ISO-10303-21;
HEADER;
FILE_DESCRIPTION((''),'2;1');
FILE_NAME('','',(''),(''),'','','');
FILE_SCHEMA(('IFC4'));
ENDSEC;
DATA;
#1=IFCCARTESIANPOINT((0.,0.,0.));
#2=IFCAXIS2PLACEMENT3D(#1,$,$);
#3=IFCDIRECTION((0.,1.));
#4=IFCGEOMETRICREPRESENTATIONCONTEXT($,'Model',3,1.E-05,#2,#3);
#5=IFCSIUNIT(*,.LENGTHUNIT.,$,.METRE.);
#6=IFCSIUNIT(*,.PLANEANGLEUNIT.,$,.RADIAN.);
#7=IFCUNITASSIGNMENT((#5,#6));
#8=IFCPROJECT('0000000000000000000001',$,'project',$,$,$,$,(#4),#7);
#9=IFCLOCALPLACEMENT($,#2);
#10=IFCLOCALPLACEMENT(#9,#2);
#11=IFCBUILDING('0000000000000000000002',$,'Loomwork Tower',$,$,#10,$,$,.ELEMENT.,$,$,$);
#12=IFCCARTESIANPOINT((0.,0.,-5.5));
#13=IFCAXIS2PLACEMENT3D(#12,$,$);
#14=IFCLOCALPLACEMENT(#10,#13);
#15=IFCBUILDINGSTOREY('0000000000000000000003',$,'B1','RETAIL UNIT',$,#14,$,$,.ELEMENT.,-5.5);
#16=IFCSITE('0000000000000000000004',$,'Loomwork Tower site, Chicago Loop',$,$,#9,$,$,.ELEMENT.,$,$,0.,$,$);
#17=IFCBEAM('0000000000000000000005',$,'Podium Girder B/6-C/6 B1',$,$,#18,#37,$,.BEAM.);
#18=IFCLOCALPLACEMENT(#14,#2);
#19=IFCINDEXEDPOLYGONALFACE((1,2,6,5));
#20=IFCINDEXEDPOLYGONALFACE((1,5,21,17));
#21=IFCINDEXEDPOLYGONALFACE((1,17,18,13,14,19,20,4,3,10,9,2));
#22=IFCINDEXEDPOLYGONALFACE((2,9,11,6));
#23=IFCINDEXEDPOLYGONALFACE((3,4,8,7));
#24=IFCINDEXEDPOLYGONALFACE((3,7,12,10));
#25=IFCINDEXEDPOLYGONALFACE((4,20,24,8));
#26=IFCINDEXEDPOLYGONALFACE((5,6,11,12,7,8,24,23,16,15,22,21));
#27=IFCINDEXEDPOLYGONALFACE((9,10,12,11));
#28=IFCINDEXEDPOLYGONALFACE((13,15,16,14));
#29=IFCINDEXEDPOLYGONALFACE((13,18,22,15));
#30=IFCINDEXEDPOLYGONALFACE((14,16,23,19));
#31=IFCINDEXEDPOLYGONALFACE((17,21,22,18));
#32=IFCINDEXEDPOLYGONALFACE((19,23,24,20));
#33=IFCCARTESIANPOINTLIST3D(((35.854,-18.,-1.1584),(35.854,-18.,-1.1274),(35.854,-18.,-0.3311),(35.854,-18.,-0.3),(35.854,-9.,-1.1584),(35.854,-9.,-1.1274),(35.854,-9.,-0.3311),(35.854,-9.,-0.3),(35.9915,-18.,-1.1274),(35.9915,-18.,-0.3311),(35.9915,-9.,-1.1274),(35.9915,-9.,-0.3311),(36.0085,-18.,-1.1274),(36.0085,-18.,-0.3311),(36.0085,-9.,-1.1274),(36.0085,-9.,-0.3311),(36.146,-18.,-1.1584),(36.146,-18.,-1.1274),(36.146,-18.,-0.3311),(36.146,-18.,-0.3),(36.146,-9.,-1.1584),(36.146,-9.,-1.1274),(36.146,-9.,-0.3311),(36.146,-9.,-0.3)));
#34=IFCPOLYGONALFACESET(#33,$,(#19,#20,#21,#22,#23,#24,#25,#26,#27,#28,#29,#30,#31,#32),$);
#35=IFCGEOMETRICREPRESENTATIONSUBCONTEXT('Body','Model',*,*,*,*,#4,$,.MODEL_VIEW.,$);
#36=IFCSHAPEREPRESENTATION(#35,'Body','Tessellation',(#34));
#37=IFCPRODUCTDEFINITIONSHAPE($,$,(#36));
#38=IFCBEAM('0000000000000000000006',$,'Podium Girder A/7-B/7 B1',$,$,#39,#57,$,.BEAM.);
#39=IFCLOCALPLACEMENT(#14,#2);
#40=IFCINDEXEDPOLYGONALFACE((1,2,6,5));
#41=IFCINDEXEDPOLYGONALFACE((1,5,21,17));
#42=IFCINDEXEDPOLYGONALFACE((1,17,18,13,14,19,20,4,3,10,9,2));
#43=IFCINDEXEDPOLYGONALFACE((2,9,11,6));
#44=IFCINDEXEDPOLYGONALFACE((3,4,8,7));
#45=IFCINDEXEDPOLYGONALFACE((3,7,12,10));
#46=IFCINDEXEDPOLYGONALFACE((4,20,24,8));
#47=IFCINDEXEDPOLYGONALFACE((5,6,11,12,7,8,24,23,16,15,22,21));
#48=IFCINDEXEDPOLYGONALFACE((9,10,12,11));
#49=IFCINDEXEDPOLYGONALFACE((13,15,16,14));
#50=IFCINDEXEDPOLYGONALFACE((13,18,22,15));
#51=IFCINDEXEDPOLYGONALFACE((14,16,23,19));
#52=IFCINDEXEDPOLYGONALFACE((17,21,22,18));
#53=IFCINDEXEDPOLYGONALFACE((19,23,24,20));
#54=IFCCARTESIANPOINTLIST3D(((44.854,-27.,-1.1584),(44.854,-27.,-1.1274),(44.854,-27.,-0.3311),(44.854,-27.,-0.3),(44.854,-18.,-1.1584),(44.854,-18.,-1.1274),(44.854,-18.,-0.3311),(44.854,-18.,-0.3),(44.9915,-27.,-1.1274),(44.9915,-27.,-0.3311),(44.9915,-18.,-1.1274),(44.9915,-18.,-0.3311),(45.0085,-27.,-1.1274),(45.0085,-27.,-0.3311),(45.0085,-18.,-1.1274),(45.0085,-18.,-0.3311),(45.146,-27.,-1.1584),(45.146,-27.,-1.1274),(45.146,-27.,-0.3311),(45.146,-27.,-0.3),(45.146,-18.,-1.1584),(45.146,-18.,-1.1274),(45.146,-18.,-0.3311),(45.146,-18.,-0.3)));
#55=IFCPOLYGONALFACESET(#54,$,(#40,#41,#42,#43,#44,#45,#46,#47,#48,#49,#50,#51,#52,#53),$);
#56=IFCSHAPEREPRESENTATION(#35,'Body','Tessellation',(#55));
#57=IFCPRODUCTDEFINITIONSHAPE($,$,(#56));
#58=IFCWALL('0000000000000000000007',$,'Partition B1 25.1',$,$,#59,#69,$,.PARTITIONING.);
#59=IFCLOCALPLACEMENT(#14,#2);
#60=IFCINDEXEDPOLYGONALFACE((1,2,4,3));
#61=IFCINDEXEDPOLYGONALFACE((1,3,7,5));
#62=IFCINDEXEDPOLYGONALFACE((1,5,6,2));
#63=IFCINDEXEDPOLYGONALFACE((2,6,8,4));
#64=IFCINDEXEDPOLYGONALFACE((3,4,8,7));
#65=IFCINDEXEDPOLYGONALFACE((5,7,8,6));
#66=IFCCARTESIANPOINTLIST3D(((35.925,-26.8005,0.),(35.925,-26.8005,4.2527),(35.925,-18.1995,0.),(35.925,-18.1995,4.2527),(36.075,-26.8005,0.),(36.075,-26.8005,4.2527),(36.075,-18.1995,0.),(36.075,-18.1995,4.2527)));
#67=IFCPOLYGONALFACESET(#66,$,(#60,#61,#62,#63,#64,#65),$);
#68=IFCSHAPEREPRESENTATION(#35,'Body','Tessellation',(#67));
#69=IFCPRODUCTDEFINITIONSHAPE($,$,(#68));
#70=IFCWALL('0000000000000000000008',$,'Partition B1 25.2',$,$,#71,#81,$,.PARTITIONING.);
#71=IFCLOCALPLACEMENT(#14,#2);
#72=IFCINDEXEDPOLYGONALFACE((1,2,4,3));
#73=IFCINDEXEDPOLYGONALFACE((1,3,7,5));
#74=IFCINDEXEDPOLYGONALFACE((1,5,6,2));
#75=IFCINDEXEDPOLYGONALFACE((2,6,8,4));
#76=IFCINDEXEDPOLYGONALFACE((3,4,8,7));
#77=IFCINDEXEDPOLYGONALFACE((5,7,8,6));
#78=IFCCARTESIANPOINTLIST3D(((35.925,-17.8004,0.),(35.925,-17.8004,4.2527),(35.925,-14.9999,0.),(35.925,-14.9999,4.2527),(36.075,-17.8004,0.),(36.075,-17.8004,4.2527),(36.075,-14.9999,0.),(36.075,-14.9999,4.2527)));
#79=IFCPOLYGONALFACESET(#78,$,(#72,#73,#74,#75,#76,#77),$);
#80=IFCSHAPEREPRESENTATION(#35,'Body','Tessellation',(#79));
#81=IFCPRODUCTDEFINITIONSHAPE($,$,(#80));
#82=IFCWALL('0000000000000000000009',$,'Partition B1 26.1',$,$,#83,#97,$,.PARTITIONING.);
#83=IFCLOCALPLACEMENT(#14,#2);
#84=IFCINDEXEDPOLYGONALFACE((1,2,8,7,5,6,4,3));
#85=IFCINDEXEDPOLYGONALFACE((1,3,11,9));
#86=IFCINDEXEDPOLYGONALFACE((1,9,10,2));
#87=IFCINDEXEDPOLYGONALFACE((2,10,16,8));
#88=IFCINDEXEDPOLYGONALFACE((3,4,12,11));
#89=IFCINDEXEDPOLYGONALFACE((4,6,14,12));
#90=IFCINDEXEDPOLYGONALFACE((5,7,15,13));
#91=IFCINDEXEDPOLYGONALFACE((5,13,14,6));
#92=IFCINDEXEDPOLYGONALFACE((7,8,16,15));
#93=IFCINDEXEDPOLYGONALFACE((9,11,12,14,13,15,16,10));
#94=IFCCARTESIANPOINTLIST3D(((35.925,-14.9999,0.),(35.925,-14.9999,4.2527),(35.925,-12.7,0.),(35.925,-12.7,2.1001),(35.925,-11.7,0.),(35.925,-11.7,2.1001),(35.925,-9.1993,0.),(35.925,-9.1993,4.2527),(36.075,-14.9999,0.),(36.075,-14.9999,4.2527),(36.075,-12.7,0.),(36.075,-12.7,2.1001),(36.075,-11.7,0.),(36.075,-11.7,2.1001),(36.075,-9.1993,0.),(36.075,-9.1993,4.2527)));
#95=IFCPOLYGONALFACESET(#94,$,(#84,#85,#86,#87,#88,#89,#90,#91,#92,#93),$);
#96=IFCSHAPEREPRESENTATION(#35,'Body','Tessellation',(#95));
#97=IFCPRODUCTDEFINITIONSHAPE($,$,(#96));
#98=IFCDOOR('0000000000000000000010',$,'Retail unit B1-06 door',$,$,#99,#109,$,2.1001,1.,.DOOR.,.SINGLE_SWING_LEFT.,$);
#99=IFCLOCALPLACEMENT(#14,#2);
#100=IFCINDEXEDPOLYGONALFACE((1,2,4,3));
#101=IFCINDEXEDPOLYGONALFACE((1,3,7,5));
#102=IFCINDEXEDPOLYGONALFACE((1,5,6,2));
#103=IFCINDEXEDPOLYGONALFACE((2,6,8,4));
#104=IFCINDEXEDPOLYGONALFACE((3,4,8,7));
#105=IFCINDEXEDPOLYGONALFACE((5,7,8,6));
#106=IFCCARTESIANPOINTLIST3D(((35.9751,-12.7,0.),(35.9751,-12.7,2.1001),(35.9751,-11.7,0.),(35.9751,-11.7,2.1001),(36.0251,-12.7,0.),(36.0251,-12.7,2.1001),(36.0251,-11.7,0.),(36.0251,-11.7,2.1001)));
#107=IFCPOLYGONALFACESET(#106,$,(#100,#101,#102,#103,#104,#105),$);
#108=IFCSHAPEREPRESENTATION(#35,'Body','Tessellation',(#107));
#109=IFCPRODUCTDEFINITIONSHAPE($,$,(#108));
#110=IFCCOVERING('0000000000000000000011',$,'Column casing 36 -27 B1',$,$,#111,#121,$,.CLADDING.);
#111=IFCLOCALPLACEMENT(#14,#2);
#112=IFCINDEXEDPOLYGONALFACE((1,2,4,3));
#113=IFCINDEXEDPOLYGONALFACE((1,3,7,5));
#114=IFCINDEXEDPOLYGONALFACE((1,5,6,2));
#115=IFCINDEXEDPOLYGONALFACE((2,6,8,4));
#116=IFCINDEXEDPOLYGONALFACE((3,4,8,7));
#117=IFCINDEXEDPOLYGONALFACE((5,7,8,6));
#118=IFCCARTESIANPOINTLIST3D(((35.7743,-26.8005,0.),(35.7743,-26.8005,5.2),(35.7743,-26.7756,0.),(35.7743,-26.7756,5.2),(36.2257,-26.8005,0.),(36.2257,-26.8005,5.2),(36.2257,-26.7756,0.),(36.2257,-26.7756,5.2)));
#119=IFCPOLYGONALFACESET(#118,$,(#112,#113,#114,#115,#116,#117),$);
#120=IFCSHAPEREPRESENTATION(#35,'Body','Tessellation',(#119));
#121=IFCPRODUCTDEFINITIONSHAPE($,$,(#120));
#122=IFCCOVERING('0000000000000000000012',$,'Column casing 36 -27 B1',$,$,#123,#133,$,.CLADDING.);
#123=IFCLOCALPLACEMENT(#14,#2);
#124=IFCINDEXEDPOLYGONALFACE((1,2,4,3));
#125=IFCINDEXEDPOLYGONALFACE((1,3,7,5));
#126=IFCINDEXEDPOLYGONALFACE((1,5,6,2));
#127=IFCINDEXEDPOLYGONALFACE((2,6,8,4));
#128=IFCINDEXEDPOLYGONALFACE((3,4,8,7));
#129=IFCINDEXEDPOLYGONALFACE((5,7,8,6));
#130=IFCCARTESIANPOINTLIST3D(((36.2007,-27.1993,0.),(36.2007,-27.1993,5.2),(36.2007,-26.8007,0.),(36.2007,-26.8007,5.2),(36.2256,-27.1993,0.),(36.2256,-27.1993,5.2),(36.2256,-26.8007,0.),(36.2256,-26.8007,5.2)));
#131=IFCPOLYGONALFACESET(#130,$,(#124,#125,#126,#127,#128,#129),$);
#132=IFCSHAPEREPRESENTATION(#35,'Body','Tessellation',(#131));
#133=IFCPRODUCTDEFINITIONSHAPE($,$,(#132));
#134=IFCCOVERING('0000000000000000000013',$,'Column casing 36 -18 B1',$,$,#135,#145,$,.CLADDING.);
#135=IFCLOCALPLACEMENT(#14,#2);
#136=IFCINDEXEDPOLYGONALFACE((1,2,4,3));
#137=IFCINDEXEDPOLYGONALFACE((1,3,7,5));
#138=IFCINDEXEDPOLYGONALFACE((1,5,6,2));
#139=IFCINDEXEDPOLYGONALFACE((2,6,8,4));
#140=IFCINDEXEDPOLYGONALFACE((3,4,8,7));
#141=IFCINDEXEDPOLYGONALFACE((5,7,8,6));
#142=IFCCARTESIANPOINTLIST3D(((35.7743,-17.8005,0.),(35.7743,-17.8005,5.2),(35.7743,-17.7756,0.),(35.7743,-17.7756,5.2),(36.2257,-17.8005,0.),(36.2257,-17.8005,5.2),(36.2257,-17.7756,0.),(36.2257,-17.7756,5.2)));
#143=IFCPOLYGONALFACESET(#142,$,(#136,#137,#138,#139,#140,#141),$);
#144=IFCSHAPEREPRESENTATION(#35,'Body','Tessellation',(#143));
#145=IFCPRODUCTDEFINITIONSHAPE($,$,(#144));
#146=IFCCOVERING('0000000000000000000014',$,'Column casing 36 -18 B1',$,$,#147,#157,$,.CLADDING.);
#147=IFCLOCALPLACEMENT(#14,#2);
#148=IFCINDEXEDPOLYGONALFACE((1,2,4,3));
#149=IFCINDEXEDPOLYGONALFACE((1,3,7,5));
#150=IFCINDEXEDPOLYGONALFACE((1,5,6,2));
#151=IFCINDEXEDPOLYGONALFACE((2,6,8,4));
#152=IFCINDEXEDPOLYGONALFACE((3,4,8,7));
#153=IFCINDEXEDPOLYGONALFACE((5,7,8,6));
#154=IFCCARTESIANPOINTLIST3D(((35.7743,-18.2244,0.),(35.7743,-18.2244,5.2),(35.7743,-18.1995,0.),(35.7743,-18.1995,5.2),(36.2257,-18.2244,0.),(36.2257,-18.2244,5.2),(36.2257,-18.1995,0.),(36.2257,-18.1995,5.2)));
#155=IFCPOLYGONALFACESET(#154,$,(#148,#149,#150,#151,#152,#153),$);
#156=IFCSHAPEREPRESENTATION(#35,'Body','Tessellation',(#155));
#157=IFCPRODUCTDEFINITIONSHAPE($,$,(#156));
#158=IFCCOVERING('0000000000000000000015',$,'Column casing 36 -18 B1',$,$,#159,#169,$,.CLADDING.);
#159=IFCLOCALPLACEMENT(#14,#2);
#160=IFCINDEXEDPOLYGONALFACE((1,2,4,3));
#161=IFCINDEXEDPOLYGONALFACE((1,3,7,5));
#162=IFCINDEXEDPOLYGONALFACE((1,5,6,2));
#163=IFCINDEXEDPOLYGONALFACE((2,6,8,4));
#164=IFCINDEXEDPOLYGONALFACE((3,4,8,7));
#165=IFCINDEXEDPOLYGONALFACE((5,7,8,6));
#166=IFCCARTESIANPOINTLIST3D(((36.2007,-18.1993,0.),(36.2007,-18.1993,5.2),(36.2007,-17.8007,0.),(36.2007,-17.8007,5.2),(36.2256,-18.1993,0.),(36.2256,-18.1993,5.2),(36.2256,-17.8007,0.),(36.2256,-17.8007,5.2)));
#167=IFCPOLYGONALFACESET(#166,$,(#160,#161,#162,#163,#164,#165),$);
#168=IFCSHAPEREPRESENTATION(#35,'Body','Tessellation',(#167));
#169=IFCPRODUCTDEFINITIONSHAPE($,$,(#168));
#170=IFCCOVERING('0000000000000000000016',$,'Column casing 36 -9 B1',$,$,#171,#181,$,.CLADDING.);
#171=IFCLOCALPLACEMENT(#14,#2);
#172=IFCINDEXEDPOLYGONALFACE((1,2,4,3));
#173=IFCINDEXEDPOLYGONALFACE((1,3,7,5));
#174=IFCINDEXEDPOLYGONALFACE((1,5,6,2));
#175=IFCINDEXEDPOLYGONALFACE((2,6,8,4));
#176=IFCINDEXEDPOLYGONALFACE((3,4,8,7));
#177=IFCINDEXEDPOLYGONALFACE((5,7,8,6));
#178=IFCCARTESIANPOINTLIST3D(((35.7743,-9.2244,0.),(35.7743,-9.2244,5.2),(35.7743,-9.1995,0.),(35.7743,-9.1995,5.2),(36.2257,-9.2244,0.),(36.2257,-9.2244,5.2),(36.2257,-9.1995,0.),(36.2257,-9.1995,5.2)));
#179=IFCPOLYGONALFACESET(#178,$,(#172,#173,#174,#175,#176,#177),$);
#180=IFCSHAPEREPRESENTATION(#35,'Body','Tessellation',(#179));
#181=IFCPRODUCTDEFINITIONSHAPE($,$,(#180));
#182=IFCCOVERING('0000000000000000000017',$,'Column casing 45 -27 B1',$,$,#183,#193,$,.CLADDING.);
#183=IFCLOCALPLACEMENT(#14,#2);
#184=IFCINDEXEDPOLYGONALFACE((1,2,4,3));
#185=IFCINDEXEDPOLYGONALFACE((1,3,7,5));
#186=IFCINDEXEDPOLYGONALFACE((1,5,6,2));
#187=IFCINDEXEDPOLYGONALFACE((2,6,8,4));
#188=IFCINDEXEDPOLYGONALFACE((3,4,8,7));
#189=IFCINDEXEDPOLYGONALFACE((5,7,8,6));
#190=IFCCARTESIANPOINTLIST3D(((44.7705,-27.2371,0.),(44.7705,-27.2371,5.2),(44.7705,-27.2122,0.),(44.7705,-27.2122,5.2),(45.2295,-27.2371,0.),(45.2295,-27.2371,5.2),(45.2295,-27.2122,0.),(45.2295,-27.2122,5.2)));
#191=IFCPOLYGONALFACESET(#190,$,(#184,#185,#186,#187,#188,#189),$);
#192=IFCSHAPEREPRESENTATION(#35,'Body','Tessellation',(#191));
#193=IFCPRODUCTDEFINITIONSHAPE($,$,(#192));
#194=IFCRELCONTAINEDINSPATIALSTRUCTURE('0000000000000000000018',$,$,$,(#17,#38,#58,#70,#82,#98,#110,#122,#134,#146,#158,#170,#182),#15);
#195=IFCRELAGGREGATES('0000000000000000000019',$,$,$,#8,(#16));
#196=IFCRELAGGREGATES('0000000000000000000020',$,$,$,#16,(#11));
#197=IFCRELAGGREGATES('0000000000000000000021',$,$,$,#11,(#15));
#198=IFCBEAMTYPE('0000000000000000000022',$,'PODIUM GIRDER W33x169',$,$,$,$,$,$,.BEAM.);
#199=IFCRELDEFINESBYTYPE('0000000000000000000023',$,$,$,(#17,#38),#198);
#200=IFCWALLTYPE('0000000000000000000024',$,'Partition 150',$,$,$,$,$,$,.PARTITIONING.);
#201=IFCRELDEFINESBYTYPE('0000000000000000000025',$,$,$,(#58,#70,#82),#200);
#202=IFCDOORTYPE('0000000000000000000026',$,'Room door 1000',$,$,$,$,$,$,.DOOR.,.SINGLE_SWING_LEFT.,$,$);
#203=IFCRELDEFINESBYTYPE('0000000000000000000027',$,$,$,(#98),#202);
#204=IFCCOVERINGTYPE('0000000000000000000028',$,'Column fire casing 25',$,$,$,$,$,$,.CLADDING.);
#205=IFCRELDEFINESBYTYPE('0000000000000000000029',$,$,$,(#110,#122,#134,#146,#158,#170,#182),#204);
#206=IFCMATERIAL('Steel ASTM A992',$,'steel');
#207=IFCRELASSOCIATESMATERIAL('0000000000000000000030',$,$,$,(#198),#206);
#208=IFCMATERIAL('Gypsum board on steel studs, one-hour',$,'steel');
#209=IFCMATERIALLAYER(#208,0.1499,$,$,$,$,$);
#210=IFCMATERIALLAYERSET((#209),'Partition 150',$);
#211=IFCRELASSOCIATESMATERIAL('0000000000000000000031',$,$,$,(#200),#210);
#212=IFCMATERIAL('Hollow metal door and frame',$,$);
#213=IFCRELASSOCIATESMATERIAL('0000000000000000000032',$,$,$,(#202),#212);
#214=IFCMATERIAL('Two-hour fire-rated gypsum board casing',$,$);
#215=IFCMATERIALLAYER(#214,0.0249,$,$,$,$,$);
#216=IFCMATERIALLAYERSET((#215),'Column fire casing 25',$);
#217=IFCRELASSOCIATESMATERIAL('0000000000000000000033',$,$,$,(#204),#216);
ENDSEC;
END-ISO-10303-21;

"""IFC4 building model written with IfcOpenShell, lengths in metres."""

from ifc_helpers import new_model, si_unit, direction, frame, frame_2d, origin, origin_2d, place, context, subcontext, project, spatial, rectangle, i_section, extrude, material, layer, layer_set, material_profile, profile_set, type_object, element, fill, save


model = new_model("IFC4")

# Units and contexts
model_context = context("Model", 3, precision=1e-05, world=origin(), true_north=direction((0.0, 1.0)))
body_context = subcontext(model_context, "Body", "Model", "MODEL_VIEW")
ifc_project = project(units=[si_unit("LENGTHUNIT", "METRE"), si_unit("PLANEANGLEUNIT", "RADIAN")], contexts=[model_context])

# Site, building, storey
site_placement = place(None, origin())
site = spatial("IfcSite", under=ifc_project, at=site_placement, Name="Loomwork Tower site, Chicago Loop", CompositionType="ELEMENT", RefElevation=0.0)
building_placement = place(site_placement, origin())
building = spatial("IfcBuilding", under=site, at=building_placement, Name="Loomwork Tower", CompositionType="ELEMENT")
storey_placement = place(building_placement, frame((0.0, 0.0, -5.5)))
storey = spatial("IfcBuildingStorey", under=building, at=storey_placement, Name="B1", Description="RETAIL UNIT", CompositionType="ELEMENT", Elevation=-5.5)

# Beams
ifc_material_1 = material(Name="Steel ASTM A992", Category="steel")
ifc_material_profile_1 = material_profile(ifc_material_1, i_section(OverallWidth=0.292, OverallDepth=0.8584, WebThickness=0.0171, FlangeThickness=0.031, at=origin_2d()), Name="W33x169")
ifc_profile_set_1 = profile_set([ifc_material_profile_1], Name="Steel ASTM A992")
beam_type_1 = type_object("IfcBeamType", Name="PODIUM GIRDER W33x169", PredefinedType="BEAM", material=ifc_profile_set_1)
for number, where, z_axis, x_axis, name in (
    (1, (36.0, -18.0, -0.7292), (0.0, 1.0, 0.0), (-1.0, 0.0, 0.0), "Podium Girder B/6-C/6 B1"),
    (2, (45.0, -27.0, -0.7292), (0.0, 1.0, 0.0), (-1.0, 0.0, 0.0), "Podium Girder A/7-B/7 B1"),
):
    element("IfcBeam", number, at=place(storey_placement, frame(where, z_axis=z_axis, x_axis=x_axis)), inside=storey, type_object=beam_type_1, Name=name, PredefinedType="BEAM", context=body_context, shape_type="SweptSolid", body=[
        extrude(i_section(OverallWidth=0.292, OverallDepth=0.8584, WebThickness=0.0171, FlangeThickness=0.031, at=origin_2d()), origin(), (0.0, 0.0, 1.0), 9.0),
    ])

# Walls
ifc_material_2 = material(Name="Gypsum board on steel studs, one-hour", Category="steel")
ifc_layer_1 = layer(ifc_material_2, 0.1499)
ifc_layer_set_1 = layer_set([ifc_layer_1], Name="Partition 150")
wall_type = type_object("IfcWallType", Name="Partition 150", PredefinedType="PARTITIONING", material=ifc_layer_set_1)
wall_1_placement = place(storey_placement, frame((36.0, -26.8005, 0.0), z_axis=(0.0, 0.0, 1.0), x_axis=(0.0, 1.0, 0.0)))
element("IfcWall", 3, at=wall_1_placement, inside=storey, type_object=wall_type, Name="Partition B1 25.1", PredefinedType="PARTITIONING", context=body_context, shape_type="SweptSolid", body=[
    extrude(rectangle(XDim=8.6011, YDim=0.1499, at=frame_2d((4.3005, 0.0))), origin(), (0.0, 0.0, 1.0), 4.2527),
])
wall_2_placement = place(storey_placement, frame((36.0, -17.8005, 0.0), z_axis=(0.0, 0.0, 1.0), x_axis=(0.0, 1.0, 0.0)))
element("IfcWall", 4, at=wall_2_placement, inside=storey, type_object=wall_type, Name="Partition B1 25.2", PredefinedType="PARTITIONING", context=body_context, shape_type="SweptSolid", body=[
    extrude(rectangle(XDim=2.8005, YDim=0.1499, at=frame_2d((1.4004, 0.0))), origin(), (0.0, 0.0, 1.0), 4.2527),
])

# Wall, opening, door
wall_3_placement = place(storey_placement, frame((36.0, -15.0, 0.0), z_axis=(0.0, 0.0, 1.0), x_axis=(0.0, 1.0, 0.0)))
wall_3 = element("IfcWall", 5, at=wall_3_placement, inside=storey, type_object=wall_type, Name="Partition B1 26.1", PredefinedType="PARTITIONING", context=body_context, shape_type="SweptSolid", body=[
    extrude(rectangle(XDim=5.8005, YDim=0.1499, at=frame_2d((2.9004, 0.0))), origin(), (0.0, 0.0, 1.0), 4.2527),
])
opening_placement = place(wall_3_placement, frame((2.3, 0.0, 0.0)))
opening = element("IfcOpeningElement", 6, at=opening_placement, cuts=wall_3, PredefinedType="OPENING", context=body_context, shape_type="SweptSolid", body=[
    extrude(rectangle(XDim=1.0, YDim=2.1001, at=frame_2d((0.5, 1.05))), frame((0.0, 0.085, 0.0), z_axis=(0.0, -1.0, 0.0), x_axis=(1.0, 0.0, 0.0)), (0.0, 0.0, 1.0), 0.1699),
])
ifc_material_3 = material(Name="Hollow metal door and frame")
door_type = type_object("IfcDoorType", Name="Room door 1000", OperationType="SINGLE_SWING_LEFT", PredefinedType="DOOR", material=ifc_material_3)
door_placement = place(opening_placement, origin())
door = element("IfcDoor", 7, at=door_placement, inside=storey, type_object=door_type, Name="Retail unit B1-06 door", OperationType="SINGLE_SWING_LEFT", OverallHeight=2.1001, OverallWidth=1.0, PredefinedType="DOOR", context=body_context, shape_type="SweptSolid", body=[
    extrude(rectangle(XDim=1.0, YDim=2.1001, at=frame_2d((0.5, 1.05))), frame((0.0, 0.0249, 0.0), z_axis=(0.0, -1.0, 0.0), x_axis=(1.0, 0.0, 0.0)), (0.0, 0.0, 1.0), 0.05),
])
fill(opening, door)

# Coverings
ifc_material_4 = material(Name="Two-hour fire-rated gypsum board casing")
ifc_layer_2 = layer(ifc_material_4, 0.0249)
ifc_layer_set_2 = layer_set([ifc_layer_2], Name="Column fire casing 25")
covering_type = type_object("IfcCoveringType", Name="Column fire casing 25", PredefinedType="CLADDING", material=ifc_layer_set_2)
covering_1_placement = place(storey_placement, frame((36.0, -26.7881, 0.0), z_axis=(0.0, 0.0, 1.0), x_axis=(1.0, 0.0, 0.0)))
element("IfcCovering", 8, at=covering_1_placement, inside=storey, type_object=covering_type, Name="Column casing 36 -27 B1", PredefinedType="CLADDING", context=body_context, shape_type="SweptSolid", body=[
    extrude(rectangle(XDim=0.4514, YDim=0.0249, at=origin_2d()), origin(), (0.0, 0.0, 1.0), 5.2),
])
covering_2_placement = place(storey_placement, frame((36.2131, -27.0, 0.0), z_axis=(0.0, 0.0, 1.0), x_axis=(1.0, 0.0, 0.0)))
element("IfcCovering", 9, at=covering_2_placement, inside=storey, type_object=covering_type, Name="Column casing 36 -27 B1", PredefinedType="CLADDING", context=body_context, shape_type="SweptSolid", body=[
    extrude(rectangle(XDim=0.0249, YDim=0.3987, at=origin_2d()), origin(), (0.0, 0.0, 1.0), 5.2),
])
for number, where, z_axis, x_axis, name in (
    (10, (36.0, -17.7881, 0.0), (0.0, 0.0, 1.0), (1.0, 0.0, 0.0), "Column casing 36 -18 B1"),
    (11, (36.0, -18.2119, 0.0), (0.0, 0.0, 1.0), (1.0, 0.0, 0.0), "Column casing 36 -18 B1"),
):
    element("IfcCovering", number, at=place(storey_placement, frame(where, z_axis=z_axis, x_axis=x_axis)), inside=storey, type_object=covering_type, Name=name, PredefinedType="CLADDING", context=body_context, shape_type="SweptSolid", body=[
        extrude(rectangle(XDim=0.4514, YDim=0.0249, at=origin_2d()), origin(), (0.0, 0.0, 1.0), 5.2),
    ])
covering_3_placement = place(storey_placement, frame((36.2131, -18.0, 0.0), z_axis=(0.0, 0.0, 1.0), x_axis=(1.0, 0.0, 0.0)))
element("IfcCovering", 12, at=covering_3_placement, inside=storey, type_object=covering_type, Name="Column casing 36 -18 B1", PredefinedType="CLADDING", context=body_context, shape_type="SweptSolid", body=[
    extrude(rectangle(XDim=0.0249, YDim=0.3987, at=origin_2d()), origin(), (0.0, 0.0, 1.0), 5.2),
])
covering_4_placement = place(storey_placement, frame((36.0, -9.2119, 0.0), z_axis=(0.0, 0.0, 1.0), x_axis=(1.0, 0.0, 0.0)))
element("IfcCovering", 13, at=covering_4_placement, inside=storey, type_object=covering_type, Name="Column casing 36 -9 B1", PredefinedType="CLADDING", context=body_context, shape_type="SweptSolid", body=[
    extrude(rectangle(XDim=0.4514, YDim=0.0249, at=origin_2d()), origin(), (0.0, 0.0, 1.0), 5.2),
])
covering_5_placement = place(storey_placement, frame((45.0, -27.2246, 0.0), z_axis=(0.0, 0.0, 1.0), x_axis=(1.0, 0.0, 0.0)))
element("IfcCovering", 14, at=covering_5_placement, inside=storey, type_object=covering_type, Name="Column casing 45 -27 B1", PredefinedType="CLADDING", context=body_context, shape_type="SweptSolid", body=[
    extrude(rectangle(XDim=0.459, YDim=0.0249, at=origin_2d()), origin(), (0.0, 0.0, 1.0), 5.2),
])

save(model, "model.ifc")
